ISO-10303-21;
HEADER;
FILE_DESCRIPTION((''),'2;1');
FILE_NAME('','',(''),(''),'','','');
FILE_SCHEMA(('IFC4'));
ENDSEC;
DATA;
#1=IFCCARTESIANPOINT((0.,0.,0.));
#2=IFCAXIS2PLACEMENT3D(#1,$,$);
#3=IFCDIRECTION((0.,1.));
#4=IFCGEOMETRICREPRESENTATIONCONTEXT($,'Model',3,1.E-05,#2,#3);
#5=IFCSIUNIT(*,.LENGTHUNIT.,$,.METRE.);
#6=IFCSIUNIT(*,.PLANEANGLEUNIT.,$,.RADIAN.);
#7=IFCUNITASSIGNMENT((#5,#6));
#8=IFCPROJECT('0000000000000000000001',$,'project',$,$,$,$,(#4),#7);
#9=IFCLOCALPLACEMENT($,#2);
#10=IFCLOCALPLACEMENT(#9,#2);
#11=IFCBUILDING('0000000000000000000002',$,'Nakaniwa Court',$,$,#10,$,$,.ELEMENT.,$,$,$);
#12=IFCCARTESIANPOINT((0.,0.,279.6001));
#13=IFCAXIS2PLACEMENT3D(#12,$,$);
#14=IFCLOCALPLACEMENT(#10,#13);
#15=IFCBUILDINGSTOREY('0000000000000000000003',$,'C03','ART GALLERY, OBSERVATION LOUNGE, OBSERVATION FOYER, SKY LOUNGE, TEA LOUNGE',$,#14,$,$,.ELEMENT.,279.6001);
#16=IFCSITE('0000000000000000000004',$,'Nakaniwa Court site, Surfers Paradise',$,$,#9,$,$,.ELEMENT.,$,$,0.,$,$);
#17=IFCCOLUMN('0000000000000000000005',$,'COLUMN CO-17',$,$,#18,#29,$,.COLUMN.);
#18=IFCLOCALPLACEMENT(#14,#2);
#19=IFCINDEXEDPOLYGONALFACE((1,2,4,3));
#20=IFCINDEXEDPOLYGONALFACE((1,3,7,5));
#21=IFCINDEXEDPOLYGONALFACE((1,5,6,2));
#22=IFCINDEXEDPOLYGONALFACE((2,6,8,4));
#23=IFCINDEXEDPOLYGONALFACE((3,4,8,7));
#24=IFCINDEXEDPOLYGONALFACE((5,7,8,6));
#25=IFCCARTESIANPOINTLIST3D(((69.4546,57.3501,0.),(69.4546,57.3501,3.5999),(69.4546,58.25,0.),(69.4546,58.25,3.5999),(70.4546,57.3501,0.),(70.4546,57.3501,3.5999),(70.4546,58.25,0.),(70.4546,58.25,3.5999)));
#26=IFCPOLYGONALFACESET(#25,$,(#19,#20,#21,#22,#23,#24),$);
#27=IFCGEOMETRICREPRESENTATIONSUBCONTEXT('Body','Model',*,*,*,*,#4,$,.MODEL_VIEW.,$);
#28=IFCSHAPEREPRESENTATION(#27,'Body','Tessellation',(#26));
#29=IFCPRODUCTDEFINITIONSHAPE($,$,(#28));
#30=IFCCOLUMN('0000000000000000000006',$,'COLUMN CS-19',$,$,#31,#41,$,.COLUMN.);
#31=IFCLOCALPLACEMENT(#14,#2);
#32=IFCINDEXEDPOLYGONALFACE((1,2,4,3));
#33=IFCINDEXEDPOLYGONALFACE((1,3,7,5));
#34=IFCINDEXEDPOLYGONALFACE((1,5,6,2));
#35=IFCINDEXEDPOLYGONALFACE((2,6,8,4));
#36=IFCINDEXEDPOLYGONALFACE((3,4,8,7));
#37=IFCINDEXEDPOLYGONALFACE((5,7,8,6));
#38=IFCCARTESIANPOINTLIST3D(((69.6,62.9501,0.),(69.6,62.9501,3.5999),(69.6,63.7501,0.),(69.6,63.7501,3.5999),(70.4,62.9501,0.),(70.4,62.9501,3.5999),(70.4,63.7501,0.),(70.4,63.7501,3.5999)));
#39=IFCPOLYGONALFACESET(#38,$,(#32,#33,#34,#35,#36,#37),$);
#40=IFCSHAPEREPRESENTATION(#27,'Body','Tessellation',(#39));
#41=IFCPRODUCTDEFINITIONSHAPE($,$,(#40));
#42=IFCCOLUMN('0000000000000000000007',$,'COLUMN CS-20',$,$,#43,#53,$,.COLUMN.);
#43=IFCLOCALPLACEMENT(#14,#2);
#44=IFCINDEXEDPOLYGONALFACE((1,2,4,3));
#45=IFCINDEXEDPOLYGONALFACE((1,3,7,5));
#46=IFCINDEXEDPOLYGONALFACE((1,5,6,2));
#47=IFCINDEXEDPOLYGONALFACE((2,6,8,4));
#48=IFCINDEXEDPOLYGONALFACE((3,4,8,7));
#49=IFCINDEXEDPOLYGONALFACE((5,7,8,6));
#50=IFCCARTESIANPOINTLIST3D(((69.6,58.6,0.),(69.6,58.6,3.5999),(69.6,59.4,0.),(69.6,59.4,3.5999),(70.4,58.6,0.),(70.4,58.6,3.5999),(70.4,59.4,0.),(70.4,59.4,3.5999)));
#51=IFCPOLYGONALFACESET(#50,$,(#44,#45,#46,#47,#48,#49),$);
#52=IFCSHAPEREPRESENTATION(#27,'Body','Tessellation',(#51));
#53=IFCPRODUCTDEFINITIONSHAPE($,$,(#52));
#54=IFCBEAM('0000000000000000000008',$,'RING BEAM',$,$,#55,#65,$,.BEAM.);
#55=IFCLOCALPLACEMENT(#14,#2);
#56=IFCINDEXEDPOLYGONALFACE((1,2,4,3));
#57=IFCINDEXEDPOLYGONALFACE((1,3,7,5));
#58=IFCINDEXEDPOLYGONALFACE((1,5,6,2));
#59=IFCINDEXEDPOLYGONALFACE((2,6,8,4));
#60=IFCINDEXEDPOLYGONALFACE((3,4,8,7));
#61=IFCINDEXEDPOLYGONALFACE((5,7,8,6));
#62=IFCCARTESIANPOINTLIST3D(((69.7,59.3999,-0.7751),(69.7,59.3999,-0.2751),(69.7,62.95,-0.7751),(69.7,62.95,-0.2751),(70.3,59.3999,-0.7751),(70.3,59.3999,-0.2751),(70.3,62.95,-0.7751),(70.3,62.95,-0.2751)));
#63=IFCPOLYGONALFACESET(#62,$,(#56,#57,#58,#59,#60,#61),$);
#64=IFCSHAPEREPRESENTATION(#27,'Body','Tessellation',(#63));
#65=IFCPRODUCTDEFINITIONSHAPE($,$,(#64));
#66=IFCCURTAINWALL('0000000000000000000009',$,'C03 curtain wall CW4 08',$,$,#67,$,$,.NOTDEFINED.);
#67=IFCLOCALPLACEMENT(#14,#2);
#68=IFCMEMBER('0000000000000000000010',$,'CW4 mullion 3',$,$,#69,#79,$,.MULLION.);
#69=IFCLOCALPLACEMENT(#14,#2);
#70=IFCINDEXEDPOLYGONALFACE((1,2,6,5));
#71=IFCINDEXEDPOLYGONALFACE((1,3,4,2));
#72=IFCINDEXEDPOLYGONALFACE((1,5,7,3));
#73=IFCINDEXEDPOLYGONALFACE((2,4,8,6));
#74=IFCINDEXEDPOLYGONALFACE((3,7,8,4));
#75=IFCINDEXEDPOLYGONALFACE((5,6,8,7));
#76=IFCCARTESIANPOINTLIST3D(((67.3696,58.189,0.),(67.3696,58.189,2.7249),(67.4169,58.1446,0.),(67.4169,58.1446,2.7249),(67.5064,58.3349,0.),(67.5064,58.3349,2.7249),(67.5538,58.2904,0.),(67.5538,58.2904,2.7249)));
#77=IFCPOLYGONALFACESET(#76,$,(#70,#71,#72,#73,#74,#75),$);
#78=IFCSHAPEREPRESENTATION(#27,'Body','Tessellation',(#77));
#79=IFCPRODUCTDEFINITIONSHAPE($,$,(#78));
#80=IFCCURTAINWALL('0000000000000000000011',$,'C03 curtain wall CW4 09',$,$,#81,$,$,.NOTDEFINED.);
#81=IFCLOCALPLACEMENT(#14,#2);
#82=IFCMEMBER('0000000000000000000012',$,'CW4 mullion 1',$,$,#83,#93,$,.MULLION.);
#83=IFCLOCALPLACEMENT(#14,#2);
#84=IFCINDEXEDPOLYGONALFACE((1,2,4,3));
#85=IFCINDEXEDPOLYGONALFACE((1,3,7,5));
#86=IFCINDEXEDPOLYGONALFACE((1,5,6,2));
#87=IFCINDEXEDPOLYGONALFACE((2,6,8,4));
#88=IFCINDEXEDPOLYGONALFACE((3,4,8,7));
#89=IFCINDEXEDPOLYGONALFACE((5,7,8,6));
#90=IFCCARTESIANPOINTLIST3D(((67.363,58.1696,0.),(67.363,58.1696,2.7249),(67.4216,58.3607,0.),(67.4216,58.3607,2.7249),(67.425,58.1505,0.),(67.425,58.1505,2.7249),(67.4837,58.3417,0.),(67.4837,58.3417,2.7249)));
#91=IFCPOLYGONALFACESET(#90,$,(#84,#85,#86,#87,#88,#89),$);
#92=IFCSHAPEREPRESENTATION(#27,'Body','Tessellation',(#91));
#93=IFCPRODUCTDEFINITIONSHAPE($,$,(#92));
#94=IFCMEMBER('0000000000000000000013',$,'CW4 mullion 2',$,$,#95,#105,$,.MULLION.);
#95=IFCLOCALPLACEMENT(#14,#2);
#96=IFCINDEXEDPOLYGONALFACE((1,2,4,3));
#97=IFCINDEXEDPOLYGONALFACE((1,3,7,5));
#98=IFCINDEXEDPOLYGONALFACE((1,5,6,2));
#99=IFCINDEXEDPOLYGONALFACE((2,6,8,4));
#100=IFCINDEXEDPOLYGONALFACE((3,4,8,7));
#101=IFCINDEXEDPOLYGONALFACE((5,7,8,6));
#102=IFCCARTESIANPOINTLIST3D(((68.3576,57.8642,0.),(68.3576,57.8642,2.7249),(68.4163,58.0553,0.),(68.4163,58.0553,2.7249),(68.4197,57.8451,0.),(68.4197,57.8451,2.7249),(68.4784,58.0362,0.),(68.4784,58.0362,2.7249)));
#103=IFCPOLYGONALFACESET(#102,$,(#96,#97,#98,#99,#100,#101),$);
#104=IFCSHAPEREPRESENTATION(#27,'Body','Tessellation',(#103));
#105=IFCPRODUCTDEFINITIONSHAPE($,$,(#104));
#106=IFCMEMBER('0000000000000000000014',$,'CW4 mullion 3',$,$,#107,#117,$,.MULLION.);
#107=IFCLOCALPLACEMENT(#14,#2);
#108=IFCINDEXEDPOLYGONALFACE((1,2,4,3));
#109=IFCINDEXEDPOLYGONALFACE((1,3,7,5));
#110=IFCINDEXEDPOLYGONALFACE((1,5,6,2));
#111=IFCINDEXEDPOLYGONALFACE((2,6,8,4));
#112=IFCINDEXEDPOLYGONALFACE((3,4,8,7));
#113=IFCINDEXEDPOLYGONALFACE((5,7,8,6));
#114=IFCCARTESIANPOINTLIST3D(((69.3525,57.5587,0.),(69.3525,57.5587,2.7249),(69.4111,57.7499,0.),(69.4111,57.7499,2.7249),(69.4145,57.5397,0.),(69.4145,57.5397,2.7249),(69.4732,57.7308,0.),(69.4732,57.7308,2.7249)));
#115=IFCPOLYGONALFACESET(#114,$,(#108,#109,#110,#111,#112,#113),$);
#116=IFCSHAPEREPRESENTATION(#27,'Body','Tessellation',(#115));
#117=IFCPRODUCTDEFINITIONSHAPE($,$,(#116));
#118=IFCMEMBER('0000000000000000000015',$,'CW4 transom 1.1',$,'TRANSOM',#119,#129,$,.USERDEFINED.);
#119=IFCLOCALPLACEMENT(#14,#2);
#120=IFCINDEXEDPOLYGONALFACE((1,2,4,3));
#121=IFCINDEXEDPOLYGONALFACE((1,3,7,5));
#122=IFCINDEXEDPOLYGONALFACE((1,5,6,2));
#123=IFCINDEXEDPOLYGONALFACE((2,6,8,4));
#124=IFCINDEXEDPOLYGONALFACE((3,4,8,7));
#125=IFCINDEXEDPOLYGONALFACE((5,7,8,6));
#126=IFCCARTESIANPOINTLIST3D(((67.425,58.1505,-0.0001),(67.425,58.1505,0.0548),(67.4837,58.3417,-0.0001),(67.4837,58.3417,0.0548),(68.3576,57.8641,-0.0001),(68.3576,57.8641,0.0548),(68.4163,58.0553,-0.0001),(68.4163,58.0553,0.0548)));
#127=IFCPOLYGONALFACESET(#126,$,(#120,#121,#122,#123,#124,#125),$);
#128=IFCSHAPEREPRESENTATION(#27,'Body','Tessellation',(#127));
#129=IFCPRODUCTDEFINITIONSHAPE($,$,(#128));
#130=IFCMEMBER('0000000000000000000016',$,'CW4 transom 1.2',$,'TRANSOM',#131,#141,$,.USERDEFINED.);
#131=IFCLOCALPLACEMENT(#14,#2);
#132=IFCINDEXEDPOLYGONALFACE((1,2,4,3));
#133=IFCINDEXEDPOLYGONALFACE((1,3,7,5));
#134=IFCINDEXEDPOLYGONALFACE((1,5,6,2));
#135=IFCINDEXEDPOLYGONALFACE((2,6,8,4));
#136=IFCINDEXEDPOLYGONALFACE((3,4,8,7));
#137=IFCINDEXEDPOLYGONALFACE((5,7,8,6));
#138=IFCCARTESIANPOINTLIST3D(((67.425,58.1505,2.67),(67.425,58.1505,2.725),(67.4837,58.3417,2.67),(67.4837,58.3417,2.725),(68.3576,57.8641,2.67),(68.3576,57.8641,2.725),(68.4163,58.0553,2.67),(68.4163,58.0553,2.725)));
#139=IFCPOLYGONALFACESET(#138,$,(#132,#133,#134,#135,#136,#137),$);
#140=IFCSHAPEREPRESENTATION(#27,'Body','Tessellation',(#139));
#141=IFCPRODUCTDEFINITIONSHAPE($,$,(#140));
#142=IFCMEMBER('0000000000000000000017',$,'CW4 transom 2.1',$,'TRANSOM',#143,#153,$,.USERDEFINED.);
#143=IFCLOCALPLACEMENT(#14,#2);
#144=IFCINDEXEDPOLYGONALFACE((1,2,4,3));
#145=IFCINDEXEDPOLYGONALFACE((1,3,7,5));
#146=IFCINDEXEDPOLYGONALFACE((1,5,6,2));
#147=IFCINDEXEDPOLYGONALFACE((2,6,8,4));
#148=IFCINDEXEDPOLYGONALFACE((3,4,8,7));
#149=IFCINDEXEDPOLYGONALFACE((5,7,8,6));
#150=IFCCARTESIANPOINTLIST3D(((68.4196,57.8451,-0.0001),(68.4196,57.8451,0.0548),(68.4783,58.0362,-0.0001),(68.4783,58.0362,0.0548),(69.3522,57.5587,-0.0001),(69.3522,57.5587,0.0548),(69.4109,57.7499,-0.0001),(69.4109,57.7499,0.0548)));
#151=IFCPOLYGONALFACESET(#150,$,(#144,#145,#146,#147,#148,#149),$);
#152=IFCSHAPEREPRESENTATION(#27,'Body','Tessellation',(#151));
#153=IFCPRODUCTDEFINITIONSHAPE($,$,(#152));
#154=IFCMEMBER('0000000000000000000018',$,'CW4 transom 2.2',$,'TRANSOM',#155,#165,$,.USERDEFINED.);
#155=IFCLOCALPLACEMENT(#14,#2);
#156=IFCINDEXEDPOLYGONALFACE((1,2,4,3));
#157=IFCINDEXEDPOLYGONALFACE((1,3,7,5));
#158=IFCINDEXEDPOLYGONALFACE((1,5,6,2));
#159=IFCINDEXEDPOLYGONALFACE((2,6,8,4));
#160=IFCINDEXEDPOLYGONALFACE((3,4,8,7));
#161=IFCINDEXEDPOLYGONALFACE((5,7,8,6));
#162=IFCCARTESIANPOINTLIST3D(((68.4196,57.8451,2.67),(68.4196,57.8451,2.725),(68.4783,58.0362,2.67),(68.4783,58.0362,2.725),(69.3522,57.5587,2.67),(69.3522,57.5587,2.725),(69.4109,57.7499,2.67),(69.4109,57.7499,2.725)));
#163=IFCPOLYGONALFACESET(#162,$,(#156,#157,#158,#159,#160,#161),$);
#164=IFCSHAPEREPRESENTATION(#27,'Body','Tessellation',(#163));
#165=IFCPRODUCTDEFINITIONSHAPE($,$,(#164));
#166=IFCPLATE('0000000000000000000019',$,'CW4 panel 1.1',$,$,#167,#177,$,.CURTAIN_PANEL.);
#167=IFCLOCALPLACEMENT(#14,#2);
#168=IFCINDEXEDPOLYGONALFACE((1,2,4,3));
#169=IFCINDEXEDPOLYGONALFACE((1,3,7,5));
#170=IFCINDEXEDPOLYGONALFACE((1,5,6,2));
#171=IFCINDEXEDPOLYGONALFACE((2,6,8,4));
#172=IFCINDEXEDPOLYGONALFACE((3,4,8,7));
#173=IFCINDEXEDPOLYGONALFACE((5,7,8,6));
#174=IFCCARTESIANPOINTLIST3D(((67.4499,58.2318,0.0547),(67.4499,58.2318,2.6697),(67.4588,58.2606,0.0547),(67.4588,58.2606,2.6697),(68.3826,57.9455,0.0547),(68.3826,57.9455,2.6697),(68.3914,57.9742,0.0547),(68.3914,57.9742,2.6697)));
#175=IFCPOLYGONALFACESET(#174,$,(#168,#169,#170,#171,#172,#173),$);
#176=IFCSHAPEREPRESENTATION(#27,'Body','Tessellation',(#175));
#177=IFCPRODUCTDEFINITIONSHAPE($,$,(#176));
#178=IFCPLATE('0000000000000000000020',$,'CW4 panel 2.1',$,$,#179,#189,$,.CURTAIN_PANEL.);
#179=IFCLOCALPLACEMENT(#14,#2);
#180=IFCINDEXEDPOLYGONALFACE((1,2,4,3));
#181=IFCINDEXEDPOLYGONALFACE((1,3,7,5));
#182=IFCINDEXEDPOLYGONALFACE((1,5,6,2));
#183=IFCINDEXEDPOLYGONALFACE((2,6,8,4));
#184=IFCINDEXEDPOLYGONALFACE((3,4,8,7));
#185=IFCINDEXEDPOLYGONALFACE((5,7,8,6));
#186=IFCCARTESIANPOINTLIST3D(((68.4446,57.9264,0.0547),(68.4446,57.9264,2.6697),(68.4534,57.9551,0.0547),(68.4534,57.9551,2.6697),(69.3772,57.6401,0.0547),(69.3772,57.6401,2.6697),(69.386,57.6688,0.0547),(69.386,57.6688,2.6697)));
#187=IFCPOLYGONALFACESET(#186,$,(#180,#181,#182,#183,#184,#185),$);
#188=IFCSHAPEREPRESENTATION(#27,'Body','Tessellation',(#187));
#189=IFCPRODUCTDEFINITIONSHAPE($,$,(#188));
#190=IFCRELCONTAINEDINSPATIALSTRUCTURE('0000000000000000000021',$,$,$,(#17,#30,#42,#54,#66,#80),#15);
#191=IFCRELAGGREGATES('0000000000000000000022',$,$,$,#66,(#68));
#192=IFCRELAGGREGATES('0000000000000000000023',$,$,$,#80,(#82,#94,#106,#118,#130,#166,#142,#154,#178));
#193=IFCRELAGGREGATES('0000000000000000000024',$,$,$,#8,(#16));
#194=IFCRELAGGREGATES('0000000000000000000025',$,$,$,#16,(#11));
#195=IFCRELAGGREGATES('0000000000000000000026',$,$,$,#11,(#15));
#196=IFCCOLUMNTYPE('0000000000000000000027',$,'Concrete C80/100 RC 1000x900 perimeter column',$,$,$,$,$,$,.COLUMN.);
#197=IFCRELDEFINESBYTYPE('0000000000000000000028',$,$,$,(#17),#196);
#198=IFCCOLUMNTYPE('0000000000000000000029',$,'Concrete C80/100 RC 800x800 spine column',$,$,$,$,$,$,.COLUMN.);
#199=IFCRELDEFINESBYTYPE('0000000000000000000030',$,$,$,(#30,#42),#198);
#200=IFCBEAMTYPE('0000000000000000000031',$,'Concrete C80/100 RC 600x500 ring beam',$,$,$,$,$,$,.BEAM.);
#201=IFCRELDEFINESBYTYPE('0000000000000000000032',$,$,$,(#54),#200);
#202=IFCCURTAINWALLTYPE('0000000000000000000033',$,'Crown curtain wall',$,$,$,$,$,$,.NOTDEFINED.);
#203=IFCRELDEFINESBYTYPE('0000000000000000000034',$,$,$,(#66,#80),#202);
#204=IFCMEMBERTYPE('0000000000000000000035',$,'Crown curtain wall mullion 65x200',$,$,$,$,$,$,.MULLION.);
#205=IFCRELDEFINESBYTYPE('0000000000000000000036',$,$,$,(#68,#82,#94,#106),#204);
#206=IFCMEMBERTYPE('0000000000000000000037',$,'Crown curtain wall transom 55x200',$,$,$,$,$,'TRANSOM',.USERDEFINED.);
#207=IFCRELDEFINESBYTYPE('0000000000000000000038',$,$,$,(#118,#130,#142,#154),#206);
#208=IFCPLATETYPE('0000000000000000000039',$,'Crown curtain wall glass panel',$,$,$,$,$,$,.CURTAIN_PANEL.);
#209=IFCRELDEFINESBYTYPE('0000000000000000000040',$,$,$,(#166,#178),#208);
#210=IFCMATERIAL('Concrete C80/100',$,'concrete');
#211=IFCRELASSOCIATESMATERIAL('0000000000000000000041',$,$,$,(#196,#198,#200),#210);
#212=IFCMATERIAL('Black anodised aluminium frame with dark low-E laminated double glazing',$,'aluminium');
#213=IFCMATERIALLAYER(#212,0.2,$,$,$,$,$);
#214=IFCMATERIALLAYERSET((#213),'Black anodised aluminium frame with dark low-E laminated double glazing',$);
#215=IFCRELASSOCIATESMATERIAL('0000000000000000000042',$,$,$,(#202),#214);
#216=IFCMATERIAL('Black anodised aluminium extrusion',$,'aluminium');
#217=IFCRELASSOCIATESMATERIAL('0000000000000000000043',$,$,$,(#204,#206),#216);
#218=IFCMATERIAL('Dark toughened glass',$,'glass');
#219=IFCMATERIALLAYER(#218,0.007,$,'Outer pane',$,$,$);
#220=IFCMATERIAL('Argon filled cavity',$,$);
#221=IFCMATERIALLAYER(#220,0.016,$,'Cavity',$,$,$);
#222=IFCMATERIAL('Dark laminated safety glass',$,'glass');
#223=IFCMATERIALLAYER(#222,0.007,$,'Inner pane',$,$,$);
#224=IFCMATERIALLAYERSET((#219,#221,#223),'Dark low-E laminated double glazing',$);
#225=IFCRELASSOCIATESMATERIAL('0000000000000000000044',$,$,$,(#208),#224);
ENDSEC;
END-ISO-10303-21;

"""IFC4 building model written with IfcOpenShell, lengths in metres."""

from ifc_helpers import new_model, si_unit, direction, frame, origin, origin_2d, place, context, subcontext, project, spatial, rectangle, extrude, material, layer, layer_set, material_profile, profile_set, type_object, element, aggregate, save


model = new_model("IFC4")

# Units and contexts
model_context = context("Model", 3, precision=1e-05, world=origin(), true_north=direction((0.0, 1.0)))
body_context = subcontext(model_context, "Body", "Model", "MODEL_VIEW")
ifc_project = project(units=[si_unit("LENGTHUNIT", "METRE"), si_unit("PLANEANGLEUNIT", "RADIAN")], contexts=[model_context])

# Site, building, storey
site_placement = place(None, origin())
site = spatial("IfcSite", under=ifc_project, at=site_placement, Name="Nakaniwa Court site, Surfers Paradise", CompositionType="ELEMENT", RefElevation=0.0)
building_placement = place(site_placement, origin())
building = spatial("IfcBuilding", under=site, at=building_placement, Name="Nakaniwa Court", CompositionType="ELEMENT")
storey_placement = place(building_placement, frame((0.0, 0.0, 279.6001)))
storey = spatial("IfcBuildingStorey", under=building, at=storey_placement, Name="C03", Description="ART GALLERY, OBSERVATION LOUNGE, OBSERVATION FOYER, SKY LOUNGE, TEA LOUNGE", CompositionType="ELEMENT", Elevation=279.6001)

# Columns
ifc_material_1 = material(Name="Concrete C80/100", Category="concrete")
ifc_material_profile_1 = material_profile(ifc_material_1, rectangle(XDim=1.0, YDim=0.8999, at=origin_2d()), Name="Concrete C80/100 RC 1000x900 perimeter column")
ifc_profile_set_1 = profile_set([ifc_material_profile_1], Name="Concrete C80/100")
column_type_1 = type_object("IfcColumnType", Name="Concrete C80/100 RC 1000x900 perimeter column", PredefinedType="COLUMN", material=ifc_profile_set_1)
column_placement = place(storey_placement, frame((69.9546, 57.8, 0.0), z_axis=(0.0, 0.0, 1.0), x_axis=(1.0, 0.0, 0.0)))
element("IfcColumn", 1, at=column_placement, inside=storey, type_object=column_type_1, Name="COLUMN CO-17", PredefinedType="COLUMN", context=body_context, shape_type="SweptSolid", body=[
    extrude(rectangle(XDim=1.0, YDim=0.8999, at=origin_2d()), origin(), (0.0, 0.0, 1.0), 3.5999),
])
ifc_material_profile_2 = material_profile(ifc_material_1, rectangle(XDim=0.8, YDim=0.8, at=origin_2d()), Name="Concrete C80/100 RC 800x800 spine column")
ifc_profile_set_2 = profile_set([ifc_material_profile_2], Name="Concrete C80/100")
column_type_2 = type_object("IfcColumnType", Name="Concrete C80/100 RC 800x800 spine column", PredefinedType="COLUMN", material=ifc_profile_set_2)
for number, where, z_axis, x_axis, name in (
    (2, (70.0, 63.3501, 0.0), (0.0, 0.0, 1.0), (0.0, -1.0, 0.0), "COLUMN CS-19"),
    (3, (70.0, 59.0, 0.0), (0.0, 0.0, 1.0), (0.0, -1.0, 0.0), "COLUMN CS-20"),
):
    element("IfcColumn", number, at=place(storey_placement, frame(where, z_axis=z_axis, x_axis=x_axis)), inside=storey, type_object=column_type_2, Name=name, PredefinedType="COLUMN", context=body_context, shape_type="SweptSolid", body=[
        extrude(rectangle(XDim=0.8, YDim=0.8, at=origin_2d()), origin(), (0.0, 0.0, 1.0), 3.5999),
    ])

# Beam
ifc_material_profile_3 = material_profile(ifc_material_1, rectangle(XDim=0.6001, YDim=0.5, at=origin_2d()), Name="Concrete C80/100 RC 600x500 ring beam")
ifc_profile_set_3 = profile_set([ifc_material_profile_3], Name="Concrete C80/100")
beam_type = type_object("IfcBeamType", Name="Concrete C80/100 RC 600x500 ring beam", PredefinedType="BEAM", material=ifc_profile_set_3)
beam_placement = place(storey_placement, frame((70.0, 62.95, -0.5251), z_axis=(0.0, -1.0, 0.0), x_axis=(1.0, 0.0, 0.0)))
element("IfcBeam", 4, at=beam_placement, inside=storey, type_object=beam_type, Name="RING BEAM", PredefinedType="BEAM", context=body_context, shape_type="SweptSolid", body=[
    extrude(rectangle(XDim=0.6001, YDim=0.5, at=origin_2d()), origin(), (0.0, 0.0, 1.0), 3.55),
])

# Curtain wall, member
ifc_material_2 = material(Name="Black anodised aluminium frame with dark low-E laminated double glazing", Category="aluminium")
ifc_layer_1 = layer(ifc_material_2, 0.2)
ifc_layer_set_1 = layer_set([ifc_layer_1], Name="Black anodised aluminium frame with dark low-E laminated double glazing")
curtain_wall_type = type_object("IfcCurtainWallType", Name="Crown curtain wall", PredefinedType="NOTDEFINED", material=ifc_layer_set_1)
curtain_wall_1_placement = place(storey_placement, origin())
curtain_wall_1 = element("IfcCurtainWall", 5, at=curtain_wall_1_placement, inside=storey, type_object=curtain_wall_type, Name="C03 curtain wall CW4 08", PredefinedType="NOTDEFINED")
ifc_material_3 = material(Name="Black anodised aluminium extrusion", Category="aluminium")
ifc_material_profile_4 = material_profile(ifc_material_3, rectangle(XDim=0.2, YDim=0.0649, at=origin_2d()), Name="Crown curtain wall mullion 65x200")
ifc_profile_set_4 = profile_set([ifc_material_profile_4], Name="Black anodised aluminium extrusion")
member_type_1 = type_object("IfcMemberType", Name="Crown curtain wall mullion 65x200", PredefinedType="MULLION", material=ifc_profile_set_4)
member_1_placement = place(storey_placement, frame((67.4617, 58.2397, 0.0), z_axis=(0.0, 0.0, 1.0), x_axis=(0.684182, 0.729311, 0.0)))
member_1 = element("IfcMember", 6, at=member_1_placement, type_object=member_type_1, Name="CW4 mullion 3", PredefinedType="MULLION", context=body_context, shape_type="SweptSolid", body=[
    extrude(rectangle(XDim=0.2, YDim=0.0649, at=origin_2d()), origin(), (0.0, 0.0, 1.0), 2.7249),
])
aggregate(curtain_wall_1, [member_1])

# Curtain wall, members, plates
curtain_wall_2_placement = place(storey_placement, origin())
curtain_wall_2 = element("IfcCurtainWall", 7, at=curtain_wall_2_placement, inside=storey, type_object=curtain_wall_type, Name="C03 curtain wall CW4 09", PredefinedType="NOTDEFINED")
member_2_placement = place(storey_placement, frame((67.4233, 58.2556, 0.0), z_axis=(0.0, 0.0, 1.0), x_axis=(0.293506, 0.955957, 0.0)))
member_2 = element("IfcMember", 8, at=member_2_placement, type_object=member_type_1, Name="CW4 mullion 1", PredefinedType="MULLION", context=body_context, shape_type="SweptSolid", body=[
    extrude(rectangle(XDim=0.2, YDim=0.0649, at=origin_2d()), origin(), (0.0, 0.0, 1.0), 2.7249),
])
member_3_placement = place(storey_placement, frame((68.418, 57.9502, 0.0), z_axis=(0.0, 0.0, 1.0), x_axis=(0.293506, 0.955957, 0.0)))
member_3 = element("IfcMember", 9, at=member_3_placement, type_object=member_type_1, Name="CW4 mullion 2", PredefinedType="MULLION", context=body_context, shape_type="SweptSolid", body=[
    extrude(rectangle(XDim=0.2, YDim=0.0649, at=origin_2d()), origin(), (0.0, 0.0, 1.0), 2.7249),
])
member_4_placement = place(storey_placement, frame((69.4128, 57.6448, 0.0), z_axis=(0.0, 0.0, 1.0), x_axis=(0.293506, 0.955957, 0.0)))
member_4 = element("IfcMember", 10, at=member_4_placement, type_object=member_type_1, Name="CW4 mullion 3", PredefinedType="MULLION", context=body_context, shape_type="SweptSolid", body=[
    extrude(rectangle(XDim=0.2, YDim=0.0649, at=origin_2d()), origin(), (0.0, 0.0, 1.0), 2.7249),
])
ifc_material_profile_5 = material_profile(ifc_material_3, rectangle(XDim=0.2, YDim=0.0549, at=origin_2d()), Name="Crown curtain wall transom 55x200")
ifc_profile_set_5 = profile_set([ifc_material_profile_5], Name="Black anodised aluminium extrusion")
member_type_2 = type_object("IfcMemberType", Name="Crown curtain wall transom 55x200", ElementType="TRANSOM", PredefinedType="USERDEFINED", material=ifc_profile_set_5)
member_5_placement = place(storey_placement, frame((67.4543, 58.2461, 0.0273), z_axis=(0.955947, -0.293541, 0.0), x_axis=(0.293541, 0.955947, 0.0)))
member_5 = element("IfcMember", 11, at=member_5_placement, type_object=member_type_2, Name="CW4 transom 1.1", ObjectType="TRANSOM", PredefinedType="USERDEFINED", context=body_context, shape_type="SweptSolid", body=[
    extrude(rectangle(XDim=0.2, YDim=0.0549, at=origin_2d()), origin(), (0.0, 0.0, 1.0), 0.9756),
])
member_6_placement = place(storey_placement, frame((67.4543, 58.2461, 2.6975), z_axis=(0.955947, -0.293541, 0.0), x_axis=(0.293541, 0.955947, 0.0)))
member_6 = element("IfcMember", 12, at=member_6_placement, type_object=member_type_2, Name="CW4 transom 1.2", ObjectType="TRANSOM", PredefinedType="USERDEFINED", context=body_context, shape_type="SweptSolid", body=[
    extrude(rectangle(XDim=0.2, YDim=0.0549, at=origin_2d()), origin(), (0.0, 0.0, 1.0), 0.9756),
])
member_7_placement = place(storey_placement, frame((68.449, 57.9407, 0.0273), z_axis=(0.955947, -0.293541, 0.0), x_axis=(0.293541, 0.955947, 0.0)))
member_7 = element("IfcMember", 13, at=member_7_placement, type_object=member_type_2, Name="CW4 transom 2.1", ObjectType="TRANSOM", PredefinedType="USERDEFINED", context=body_context, shape_type="SweptSolid", body=[
    extrude(rectangle(XDim=0.2, YDim=0.0549, at=origin_2d()), origin(), (0.0, 0.0, 1.0), 0.9756),
])
member_8_placement = place(storey_placement, frame((68.449, 57.9407, 2.6975), z_axis=(0.955947, -0.293541, 0.0), x_axis=(0.293541, 0.955947, 0.0)))
member_8 = element("IfcMember", 14, at=member_8_placement, type_object=member_type_2, Name="CW4 transom 2.2", ObjectType="TRANSOM", PredefinedType="USERDEFINED", context=body_context, shape_type="SweptSolid", body=[
    extrude(rectangle(XDim=0.2, YDim=0.0549, at=origin_2d()), origin(), (0.0, 0.0, 1.0), 0.9756),
])
ifc_material_4 = material(Name="Dark toughened glass", Category="glass")
ifc_layer_2 = layer(ifc_material_4, 0.007, Name="Outer pane")
ifc_material_5 = material(Name="Argon filled cavity")
ifc_layer_3 = layer(ifc_material_5, 0.016, Name="Cavity")
ifc_material_6 = material(Name="Dark laminated safety glass", Category="glass")
ifc_layer_4 = layer(ifc_material_6, 0.007, Name="Inner pane")
ifc_layer_set_2 = layer_set([ifc_layer_2, ifc_layer_3, ifc_layer_4], Name="Dark low-E laminated double glazing")
plate_type = type_object("IfcPlateType", Name="Crown curtain wall glass panel", PredefinedType="CURTAIN_PANEL", material=ifc_layer_set_2)
plate_1_placement = place(storey_placement, frame((67.9207, 58.103, 0.0547), z_axis=(0.0, 0.0, 1.0), x_axis=(0.955957, -0.293506, 0.0)))
plate_1 = element("IfcPlate", 15, at=plate_1_placement, type_object=plate_type, Name="CW4 panel 1.1", PredefinedType="CURTAIN_PANEL", context=body_context, shape_type="SweptSolid", body=[
    extrude(rectangle(XDim=0.9756, YDim=0.03, at=origin_2d()), origin(), (0.0, 0.0, 1.0), 2.615),
])
plate_2_placement = place(storey_placement, frame((68.9153, 57.7976, 0.0547), z_axis=(0.0, 0.0, 1.0), x_axis=(0.955957, -0.293506, 0.0)))
plate_2 = element("IfcPlate", 16, at=plate_2_placement, type_object=plate_type, Name="CW4 panel 2.1", PredefinedType="CURTAIN_PANEL", context=body_context, shape_type="SweptSolid", body=[
    extrude(rectangle(XDim=0.9756, YDim=0.03, at=origin_2d()), origin(), (0.0, 0.0, 1.0), 2.615),
])
aggregate(curtain_wall_2, [member_2, member_3, member_4, member_5, member_6, plate_1, member_7, member_8, plate_2])

save(model, "model.ifc")
